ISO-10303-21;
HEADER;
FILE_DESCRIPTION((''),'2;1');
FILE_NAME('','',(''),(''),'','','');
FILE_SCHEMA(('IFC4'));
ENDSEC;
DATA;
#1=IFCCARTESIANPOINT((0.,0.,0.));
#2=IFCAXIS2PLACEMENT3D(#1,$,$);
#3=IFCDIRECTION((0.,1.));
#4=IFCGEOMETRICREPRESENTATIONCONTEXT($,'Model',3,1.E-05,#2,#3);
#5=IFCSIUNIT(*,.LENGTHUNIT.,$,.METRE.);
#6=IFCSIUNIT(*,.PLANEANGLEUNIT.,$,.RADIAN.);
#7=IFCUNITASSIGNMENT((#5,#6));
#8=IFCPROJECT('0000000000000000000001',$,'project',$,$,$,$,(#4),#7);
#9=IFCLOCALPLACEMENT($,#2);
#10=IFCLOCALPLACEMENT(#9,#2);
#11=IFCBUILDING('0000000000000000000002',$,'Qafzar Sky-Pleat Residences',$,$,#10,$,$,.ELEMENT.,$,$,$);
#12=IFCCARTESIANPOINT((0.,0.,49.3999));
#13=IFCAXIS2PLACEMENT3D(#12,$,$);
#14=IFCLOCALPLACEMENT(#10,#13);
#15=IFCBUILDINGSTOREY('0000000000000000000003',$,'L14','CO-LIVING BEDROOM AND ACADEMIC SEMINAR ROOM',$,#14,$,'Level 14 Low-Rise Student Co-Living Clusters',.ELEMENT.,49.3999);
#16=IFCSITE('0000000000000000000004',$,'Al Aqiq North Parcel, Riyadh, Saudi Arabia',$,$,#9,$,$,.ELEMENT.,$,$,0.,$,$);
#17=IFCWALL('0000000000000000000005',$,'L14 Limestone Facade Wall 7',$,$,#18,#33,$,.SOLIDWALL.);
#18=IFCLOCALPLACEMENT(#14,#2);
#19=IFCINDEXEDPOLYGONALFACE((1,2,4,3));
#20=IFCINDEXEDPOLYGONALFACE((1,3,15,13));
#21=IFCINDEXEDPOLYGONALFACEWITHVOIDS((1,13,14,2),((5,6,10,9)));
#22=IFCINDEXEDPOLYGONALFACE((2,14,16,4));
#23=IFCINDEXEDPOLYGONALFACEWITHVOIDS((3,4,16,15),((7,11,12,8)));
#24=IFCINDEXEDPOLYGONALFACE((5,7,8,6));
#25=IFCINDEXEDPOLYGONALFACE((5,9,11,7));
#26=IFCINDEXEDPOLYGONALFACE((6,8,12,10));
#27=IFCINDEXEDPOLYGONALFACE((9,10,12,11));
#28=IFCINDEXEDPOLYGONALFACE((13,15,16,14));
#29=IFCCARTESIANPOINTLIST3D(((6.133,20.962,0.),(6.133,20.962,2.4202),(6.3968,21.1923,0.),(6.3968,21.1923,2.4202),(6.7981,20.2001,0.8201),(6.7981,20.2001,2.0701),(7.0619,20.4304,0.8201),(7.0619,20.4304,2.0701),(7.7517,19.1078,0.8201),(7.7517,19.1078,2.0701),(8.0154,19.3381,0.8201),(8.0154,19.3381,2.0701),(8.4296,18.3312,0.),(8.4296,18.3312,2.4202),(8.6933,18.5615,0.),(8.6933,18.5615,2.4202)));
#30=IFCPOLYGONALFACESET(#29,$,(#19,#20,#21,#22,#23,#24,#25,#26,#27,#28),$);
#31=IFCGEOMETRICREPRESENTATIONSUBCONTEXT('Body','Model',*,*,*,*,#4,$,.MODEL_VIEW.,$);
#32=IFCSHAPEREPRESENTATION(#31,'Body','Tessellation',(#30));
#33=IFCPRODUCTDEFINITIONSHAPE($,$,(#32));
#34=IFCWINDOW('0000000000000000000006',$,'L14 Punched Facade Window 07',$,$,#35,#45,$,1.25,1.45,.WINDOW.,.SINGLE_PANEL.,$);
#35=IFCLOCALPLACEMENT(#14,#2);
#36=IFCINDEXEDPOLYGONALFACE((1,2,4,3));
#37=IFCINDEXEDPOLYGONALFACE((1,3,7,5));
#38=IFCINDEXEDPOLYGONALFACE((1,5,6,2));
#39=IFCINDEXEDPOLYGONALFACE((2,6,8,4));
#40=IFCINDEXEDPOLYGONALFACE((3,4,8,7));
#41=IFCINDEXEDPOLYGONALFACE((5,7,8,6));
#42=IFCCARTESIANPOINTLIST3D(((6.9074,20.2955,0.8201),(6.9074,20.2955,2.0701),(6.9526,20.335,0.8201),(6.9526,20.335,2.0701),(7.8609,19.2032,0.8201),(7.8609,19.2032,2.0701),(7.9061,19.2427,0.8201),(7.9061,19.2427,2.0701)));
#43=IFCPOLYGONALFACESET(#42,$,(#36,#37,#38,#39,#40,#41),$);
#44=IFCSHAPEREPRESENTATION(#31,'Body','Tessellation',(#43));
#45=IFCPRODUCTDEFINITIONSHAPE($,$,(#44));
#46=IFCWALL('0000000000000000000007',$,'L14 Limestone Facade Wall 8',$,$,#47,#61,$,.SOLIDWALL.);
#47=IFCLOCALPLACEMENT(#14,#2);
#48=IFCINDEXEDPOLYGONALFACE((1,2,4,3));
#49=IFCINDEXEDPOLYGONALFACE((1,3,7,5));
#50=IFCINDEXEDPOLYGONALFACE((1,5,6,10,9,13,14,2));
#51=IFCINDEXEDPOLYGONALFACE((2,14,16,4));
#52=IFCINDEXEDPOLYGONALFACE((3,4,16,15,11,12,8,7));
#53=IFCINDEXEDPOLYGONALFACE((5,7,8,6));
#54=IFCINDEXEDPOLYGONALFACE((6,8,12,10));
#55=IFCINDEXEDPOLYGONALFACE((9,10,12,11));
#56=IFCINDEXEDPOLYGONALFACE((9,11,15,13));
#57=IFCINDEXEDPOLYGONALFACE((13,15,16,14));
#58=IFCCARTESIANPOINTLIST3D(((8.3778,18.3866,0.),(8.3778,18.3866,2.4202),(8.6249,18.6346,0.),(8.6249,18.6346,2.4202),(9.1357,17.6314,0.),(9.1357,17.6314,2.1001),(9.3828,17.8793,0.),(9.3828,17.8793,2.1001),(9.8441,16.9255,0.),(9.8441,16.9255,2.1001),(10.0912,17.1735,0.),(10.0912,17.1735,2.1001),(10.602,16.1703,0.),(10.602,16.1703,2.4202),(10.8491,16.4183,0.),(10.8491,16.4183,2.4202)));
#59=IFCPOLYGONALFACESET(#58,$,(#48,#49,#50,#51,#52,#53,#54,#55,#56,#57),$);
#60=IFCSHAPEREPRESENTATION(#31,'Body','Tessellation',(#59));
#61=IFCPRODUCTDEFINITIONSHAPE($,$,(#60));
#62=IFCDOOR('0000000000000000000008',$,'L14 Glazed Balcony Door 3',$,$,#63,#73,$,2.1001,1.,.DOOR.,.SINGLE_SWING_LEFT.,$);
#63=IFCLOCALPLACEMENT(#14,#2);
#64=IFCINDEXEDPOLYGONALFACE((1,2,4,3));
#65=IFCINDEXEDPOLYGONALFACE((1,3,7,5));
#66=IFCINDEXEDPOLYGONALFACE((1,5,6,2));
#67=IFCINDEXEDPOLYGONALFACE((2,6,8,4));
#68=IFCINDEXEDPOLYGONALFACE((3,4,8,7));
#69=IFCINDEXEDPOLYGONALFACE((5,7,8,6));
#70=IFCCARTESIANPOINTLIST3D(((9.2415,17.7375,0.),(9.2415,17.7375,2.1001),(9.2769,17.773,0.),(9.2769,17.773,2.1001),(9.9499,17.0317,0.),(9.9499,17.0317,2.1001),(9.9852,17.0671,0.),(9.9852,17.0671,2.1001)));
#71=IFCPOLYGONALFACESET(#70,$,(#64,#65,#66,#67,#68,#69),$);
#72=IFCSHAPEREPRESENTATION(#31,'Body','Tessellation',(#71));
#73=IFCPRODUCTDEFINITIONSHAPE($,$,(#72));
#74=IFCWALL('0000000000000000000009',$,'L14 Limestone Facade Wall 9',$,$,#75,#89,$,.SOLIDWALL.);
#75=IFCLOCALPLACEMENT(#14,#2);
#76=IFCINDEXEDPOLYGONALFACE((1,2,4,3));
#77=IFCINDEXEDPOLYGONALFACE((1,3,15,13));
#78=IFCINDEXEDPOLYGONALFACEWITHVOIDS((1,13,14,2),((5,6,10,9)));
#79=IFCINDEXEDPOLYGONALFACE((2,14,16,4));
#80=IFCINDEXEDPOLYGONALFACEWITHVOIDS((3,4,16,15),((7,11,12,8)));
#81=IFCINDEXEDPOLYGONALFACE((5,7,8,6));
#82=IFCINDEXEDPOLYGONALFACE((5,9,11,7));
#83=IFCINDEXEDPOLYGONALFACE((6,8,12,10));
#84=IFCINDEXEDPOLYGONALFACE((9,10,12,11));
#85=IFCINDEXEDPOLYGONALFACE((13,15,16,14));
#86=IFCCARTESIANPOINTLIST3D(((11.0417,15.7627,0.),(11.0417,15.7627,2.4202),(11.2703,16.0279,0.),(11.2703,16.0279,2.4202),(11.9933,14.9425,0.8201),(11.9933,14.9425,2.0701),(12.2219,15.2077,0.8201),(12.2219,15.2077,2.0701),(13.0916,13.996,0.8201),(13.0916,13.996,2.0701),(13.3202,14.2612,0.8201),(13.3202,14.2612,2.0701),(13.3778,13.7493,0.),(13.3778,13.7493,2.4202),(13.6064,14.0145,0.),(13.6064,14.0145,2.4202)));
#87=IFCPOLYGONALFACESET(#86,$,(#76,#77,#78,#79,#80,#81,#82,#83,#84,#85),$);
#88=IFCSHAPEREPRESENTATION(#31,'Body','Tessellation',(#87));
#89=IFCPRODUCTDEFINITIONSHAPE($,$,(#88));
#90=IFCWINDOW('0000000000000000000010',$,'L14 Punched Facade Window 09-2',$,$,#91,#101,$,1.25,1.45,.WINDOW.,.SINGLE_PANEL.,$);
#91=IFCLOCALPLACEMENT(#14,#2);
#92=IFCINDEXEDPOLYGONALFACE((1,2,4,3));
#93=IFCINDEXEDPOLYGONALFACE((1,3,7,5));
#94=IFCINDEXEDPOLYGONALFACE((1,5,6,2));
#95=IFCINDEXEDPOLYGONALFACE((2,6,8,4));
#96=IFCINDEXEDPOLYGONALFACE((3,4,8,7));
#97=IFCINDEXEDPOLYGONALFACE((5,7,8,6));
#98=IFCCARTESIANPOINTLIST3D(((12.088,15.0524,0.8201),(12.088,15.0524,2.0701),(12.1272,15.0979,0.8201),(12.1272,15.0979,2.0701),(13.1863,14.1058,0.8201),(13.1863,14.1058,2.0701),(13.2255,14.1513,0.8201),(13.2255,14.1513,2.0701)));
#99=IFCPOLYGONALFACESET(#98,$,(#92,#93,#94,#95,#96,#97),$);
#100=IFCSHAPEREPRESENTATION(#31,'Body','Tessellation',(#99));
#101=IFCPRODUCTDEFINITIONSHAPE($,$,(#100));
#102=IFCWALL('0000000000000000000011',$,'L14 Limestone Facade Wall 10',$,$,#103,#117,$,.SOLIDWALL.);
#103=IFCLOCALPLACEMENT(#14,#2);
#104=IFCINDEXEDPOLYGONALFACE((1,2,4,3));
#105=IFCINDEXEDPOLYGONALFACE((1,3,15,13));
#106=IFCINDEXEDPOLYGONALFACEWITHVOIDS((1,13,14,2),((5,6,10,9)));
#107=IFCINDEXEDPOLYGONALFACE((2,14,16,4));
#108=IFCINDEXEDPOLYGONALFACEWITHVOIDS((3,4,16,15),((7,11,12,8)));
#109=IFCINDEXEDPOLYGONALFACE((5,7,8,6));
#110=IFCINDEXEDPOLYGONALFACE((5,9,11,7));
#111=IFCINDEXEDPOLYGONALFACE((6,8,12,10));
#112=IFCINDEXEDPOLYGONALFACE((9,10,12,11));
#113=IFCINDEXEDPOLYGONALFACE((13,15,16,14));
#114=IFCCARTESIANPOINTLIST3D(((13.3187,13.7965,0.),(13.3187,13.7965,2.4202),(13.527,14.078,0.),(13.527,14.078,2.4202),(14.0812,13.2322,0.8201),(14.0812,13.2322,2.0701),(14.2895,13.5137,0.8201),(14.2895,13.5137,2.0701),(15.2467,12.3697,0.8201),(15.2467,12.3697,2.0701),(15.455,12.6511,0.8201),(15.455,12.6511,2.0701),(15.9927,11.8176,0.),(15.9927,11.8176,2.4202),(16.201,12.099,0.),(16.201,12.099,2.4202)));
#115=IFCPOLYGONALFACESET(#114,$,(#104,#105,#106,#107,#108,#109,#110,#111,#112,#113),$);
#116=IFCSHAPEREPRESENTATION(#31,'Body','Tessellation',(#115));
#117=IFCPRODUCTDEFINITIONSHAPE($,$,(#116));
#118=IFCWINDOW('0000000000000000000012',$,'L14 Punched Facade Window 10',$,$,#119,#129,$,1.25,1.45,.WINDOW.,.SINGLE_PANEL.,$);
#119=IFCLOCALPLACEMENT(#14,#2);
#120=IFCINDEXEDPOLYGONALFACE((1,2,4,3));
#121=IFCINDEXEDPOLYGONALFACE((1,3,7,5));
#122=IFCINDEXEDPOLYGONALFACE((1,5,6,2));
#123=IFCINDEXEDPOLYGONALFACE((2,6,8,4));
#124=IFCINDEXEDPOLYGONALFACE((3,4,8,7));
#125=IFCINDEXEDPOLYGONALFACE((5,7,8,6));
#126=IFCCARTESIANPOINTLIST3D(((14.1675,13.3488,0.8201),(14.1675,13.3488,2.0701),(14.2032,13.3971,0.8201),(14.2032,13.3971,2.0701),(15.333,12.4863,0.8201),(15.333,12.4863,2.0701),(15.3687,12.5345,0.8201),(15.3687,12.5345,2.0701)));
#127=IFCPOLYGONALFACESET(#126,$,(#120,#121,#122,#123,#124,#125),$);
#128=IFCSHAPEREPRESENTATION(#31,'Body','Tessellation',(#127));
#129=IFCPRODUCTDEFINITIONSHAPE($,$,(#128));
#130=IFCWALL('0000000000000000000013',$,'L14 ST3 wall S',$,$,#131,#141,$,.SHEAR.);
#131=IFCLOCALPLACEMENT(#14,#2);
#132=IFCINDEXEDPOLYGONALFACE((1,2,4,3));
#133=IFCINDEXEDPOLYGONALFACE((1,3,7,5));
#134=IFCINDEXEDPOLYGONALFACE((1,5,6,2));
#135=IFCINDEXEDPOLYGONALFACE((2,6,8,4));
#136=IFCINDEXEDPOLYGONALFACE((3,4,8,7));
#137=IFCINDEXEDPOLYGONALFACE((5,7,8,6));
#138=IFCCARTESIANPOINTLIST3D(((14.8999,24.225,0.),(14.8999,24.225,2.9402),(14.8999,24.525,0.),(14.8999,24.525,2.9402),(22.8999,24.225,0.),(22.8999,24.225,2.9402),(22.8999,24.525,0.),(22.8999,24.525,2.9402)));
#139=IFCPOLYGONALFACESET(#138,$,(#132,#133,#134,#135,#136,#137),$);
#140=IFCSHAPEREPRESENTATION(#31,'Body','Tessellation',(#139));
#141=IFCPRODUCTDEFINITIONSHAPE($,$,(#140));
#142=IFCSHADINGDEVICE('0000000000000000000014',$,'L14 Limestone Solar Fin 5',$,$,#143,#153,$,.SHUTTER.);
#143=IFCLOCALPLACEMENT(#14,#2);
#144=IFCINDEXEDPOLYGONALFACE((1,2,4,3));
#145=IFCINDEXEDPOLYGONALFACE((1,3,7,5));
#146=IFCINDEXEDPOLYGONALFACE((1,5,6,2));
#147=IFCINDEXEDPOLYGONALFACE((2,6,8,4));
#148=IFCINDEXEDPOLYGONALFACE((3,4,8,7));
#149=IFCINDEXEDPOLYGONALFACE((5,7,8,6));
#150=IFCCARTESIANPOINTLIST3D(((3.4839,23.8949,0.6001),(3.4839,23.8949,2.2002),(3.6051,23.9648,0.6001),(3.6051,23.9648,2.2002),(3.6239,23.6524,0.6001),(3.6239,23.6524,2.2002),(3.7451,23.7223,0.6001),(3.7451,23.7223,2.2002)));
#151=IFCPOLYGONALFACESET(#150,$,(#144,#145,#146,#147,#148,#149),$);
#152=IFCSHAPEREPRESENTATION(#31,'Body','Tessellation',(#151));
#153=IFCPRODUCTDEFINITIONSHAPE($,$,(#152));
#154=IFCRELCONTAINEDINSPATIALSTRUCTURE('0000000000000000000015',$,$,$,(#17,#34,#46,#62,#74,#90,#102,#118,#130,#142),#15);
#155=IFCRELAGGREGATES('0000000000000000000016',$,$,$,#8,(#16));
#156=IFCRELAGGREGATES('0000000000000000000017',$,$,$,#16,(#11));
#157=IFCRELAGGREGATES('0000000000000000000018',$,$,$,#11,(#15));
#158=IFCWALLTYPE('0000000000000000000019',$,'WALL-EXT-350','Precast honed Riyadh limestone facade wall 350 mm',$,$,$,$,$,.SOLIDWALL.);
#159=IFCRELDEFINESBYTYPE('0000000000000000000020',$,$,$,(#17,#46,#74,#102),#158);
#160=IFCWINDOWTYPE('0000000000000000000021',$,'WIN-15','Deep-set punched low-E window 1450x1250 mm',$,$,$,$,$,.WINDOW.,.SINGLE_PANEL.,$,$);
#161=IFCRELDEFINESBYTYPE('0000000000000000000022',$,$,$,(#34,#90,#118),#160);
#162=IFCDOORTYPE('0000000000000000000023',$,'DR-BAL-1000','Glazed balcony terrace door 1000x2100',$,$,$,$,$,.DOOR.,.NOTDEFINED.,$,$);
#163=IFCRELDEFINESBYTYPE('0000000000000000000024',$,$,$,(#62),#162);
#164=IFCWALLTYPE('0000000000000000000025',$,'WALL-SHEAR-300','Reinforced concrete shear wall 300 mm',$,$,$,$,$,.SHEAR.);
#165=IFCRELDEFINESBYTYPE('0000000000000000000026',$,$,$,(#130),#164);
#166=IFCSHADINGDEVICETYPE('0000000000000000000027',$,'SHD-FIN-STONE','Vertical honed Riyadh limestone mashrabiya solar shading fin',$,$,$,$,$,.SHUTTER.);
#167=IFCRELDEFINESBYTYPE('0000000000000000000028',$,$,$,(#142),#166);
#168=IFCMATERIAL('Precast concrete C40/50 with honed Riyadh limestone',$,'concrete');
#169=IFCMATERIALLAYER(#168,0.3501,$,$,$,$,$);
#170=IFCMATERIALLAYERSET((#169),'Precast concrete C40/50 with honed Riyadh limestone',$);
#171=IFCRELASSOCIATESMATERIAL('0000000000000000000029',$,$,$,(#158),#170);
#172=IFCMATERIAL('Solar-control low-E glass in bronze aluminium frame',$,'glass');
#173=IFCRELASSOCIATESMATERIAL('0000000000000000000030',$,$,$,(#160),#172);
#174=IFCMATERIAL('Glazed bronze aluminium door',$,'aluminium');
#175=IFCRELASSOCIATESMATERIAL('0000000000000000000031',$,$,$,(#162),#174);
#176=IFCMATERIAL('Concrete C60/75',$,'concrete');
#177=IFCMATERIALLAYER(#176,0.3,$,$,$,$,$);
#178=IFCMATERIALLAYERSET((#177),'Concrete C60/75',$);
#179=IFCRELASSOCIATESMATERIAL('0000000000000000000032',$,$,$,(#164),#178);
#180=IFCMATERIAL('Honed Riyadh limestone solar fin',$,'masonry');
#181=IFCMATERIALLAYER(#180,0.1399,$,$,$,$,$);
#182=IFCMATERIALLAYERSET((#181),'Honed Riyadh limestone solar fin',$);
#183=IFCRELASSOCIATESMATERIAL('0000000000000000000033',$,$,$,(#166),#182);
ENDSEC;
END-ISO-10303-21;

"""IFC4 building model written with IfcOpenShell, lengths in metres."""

from ifc_helpers import new_model, si_unit, direction, frame, frame_2d, origin, origin_2d, place, context, subcontext, project, spatial, rectangle, extrude, source, transform, mapped, material, layer, layer_set, type_object, element, fill, save


model = new_model("IFC4")

# Units and contexts
model_context = context("Model", 3, precision=1e-05, world=origin(), true_north=direction((0.0, 1.0)))
body_context = subcontext(model_context, "Body", "Model", "MODEL_VIEW")
ifc_project = project(units=[si_unit("LENGTHUNIT", "METRE"), si_unit("PLANEANGLEUNIT", "RADIAN")], contexts=[model_context])

# Site, building, storey
site_placement = place(None, origin())
site = spatial("IfcSite", under=ifc_project, at=site_placement, Name="Al Aqiq North Parcel, Riyadh, Saudi Arabia", CompositionType="ELEMENT", RefElevation=0.0)
building_placement = place(site_placement, origin())
building = spatial("IfcBuilding", under=site, at=building_placement, Name="Qafzar Sky-Pleat Residences", CompositionType="ELEMENT")
storey_placement = place(building_placement, frame((0.0, 0.0, 49.3999)))
storey = spatial("IfcBuildingStorey", under=building, at=storey_placement, Name="L14", Description="CO-LIVING BEDROOM AND ACADEMIC SEMINAR ROOM", LongName="Level 14 Low-Rise Student Co-Living Clusters", CompositionType="ELEMENT", Elevation=49.3999)

# Shared definitions
ifc_material_1 = material(Name="Concrete C60/75", Category="concrete")

# Wall, opening, window
ifc_material_2 = material(Name="Precast concrete C40/50 with honed Riyadh limestone", Category="concrete")
ifc_layer_1 = layer(ifc_material_2, 0.3501)
ifc_layer_set_1 = layer_set([ifc_layer_1], Name="Precast concrete C40/50 with honed Riyadh limestone")
wall_type_1 = type_object("IfcWallType", Name="WALL-EXT-350", Description="Precast honed Riyadh limestone facade wall 350 mm", PredefinedType="SOLIDWALL", material=ifc_layer_set_1)
ifc_material_3 = material(Name="Solar-control low-E glass in bronze aluminium frame", Category="glass")
window_type = type_object("IfcWindowType", Name="WIN-15", Description="Deep-set punched low-E window 1450x1250 mm", PartitioningType="SINGLE_PANEL", PredefinedType="WINDOW", material=ifc_material_3)
shared_shape_1 = source(origin(), body_context, "Body", "SweptSolid", [
    extrude(rectangle(XDim=1.45, YDim=1.25, at=frame_2d((0.7251, 0.625))), frame((0.0, 0.03, 0.0), z_axis=(0.0, -1.0, 0.0), x_axis=(1.0, 0.0, 0.0)), (0.0, 0.0, 1.0), 0.0601),
])
wall_1_placement = place(storey_placement, frame((6.2649, 21.0771, 0.0), z_axis=(0.0, 0.0, 1.0), x_axis=(0.657633, -0.753338, 0.0)))
wall_1 = element("IfcWall", 1, at=wall_1_placement, inside=storey, type_object=wall_type_1, Name="L14 Limestone Facade Wall 7", PredefinedType="SOLIDWALL", context=body_context, shape_type="SweptSolid", body=[
    extrude(rectangle(XDim=3.4922, YDim=0.3501, at=frame_2d((1.7461, 0.0))), origin(), (0.0, 0.0, 1.0), 2.4202),
])
opening_1_placement = place(wall_1_placement, frame((1.0112, 0.0, 0.8201)))
opening_1 = element("IfcOpeningElement", 2, at=opening_1_placement, cuts=wall_1, PredefinedType="OPENING", context=body_context, shape_type="SweptSolid", body=[
    extrude(rectangle(XDim=1.45, YDim=1.25, at=frame_2d((0.7251, 0.625))), frame((0.0, 0.1851, 0.0), z_axis=(0.0, -1.0, 0.0), x_axis=(1.0, 0.0, 0.0)), (0.0, 0.0, 1.0), 0.3701),
])
window_1_placement = place(opening_1_placement, origin())
window_1 = element("IfcWindow", 3, at=window_1_placement, inside=storey, type_object=window_type, Name="L14 Punched Facade Window 07", OverallHeight=1.25, OverallWidth=1.45, PartitioningType="SINGLE_PANEL", PredefinedType="WINDOW", context=body_context, shape_type="MappedRepresentation", body=[
    mapped(shared_shape_1, transform((0.0, 0.0, 0.0), x_axis=(1.0, 0.0, 0.0), y_axis=(0.0, 1.0, 0.0), z_axis=(0.0, 0.0, 1.0), scale=1.0)),
])
fill(opening_1, window_1)

# Wall, opening, door
wall_2_placement = place(storey_placement, frame((8.5015, 18.5105, 0.0), z_axis=(0.0, 0.0, 1.0), x_axis=(0.70835, -0.705862, 0.0)))
wall_2 = element("IfcWall", 4, at=wall_2_placement, inside=storey, type_object=wall_type_1, Name="L14 Limestone Facade Wall 8", PredefinedType="SOLIDWALL", context=body_context, shape_type="SweptSolid", body=[
    extrude(rectangle(XDim=3.1399, YDim=0.3501, at=frame_2d((1.5698, 0.0))), origin(), (0.0, 0.0, 1.0), 2.4202),
])
opening_2_placement = place(wall_2_placement, frame((1.0698, 0.0, 0.0)))
opening_2 = element("IfcOpeningElement", 5, at=opening_2_placement, cuts=wall_2, PredefinedType="OPENING", context=body_context, shape_type="SweptSolid", body=[
    extrude(rectangle(XDim=1.0, YDim=2.1001, at=frame_2d((0.5, 1.05))), frame((0.0, 0.1851, 0.0), z_axis=(0.0, -1.0, 0.0), x_axis=(1.0, 0.0, 0.0)), (0.0, 0.0, 1.0), 0.3701),
])
ifc_material_4 = material(Name="Glazed bronze aluminium door", Category="aluminium")
door_type = type_object("IfcDoorType", Name="DR-BAL-1000", Description="Glazed balcony terrace door 1000x2100", OperationType="NOTDEFINED", PredefinedType="DOOR", material=ifc_material_4)
shared_shape_2 = source(origin(), body_context, "Body", "SweptSolid", [
    extrude(rectangle(XDim=1.0, YDim=2.1001, at=frame_2d((0.5, 1.05))), frame((0.0, 0.0249, 0.0), z_axis=(0.0, -1.0, 0.0), x_axis=(1.0, 0.0, 0.0)), (0.0, 0.0, 1.0), 0.05),
])
door_placement = place(opening_2_placement, origin())
door = element("IfcDoor", 6, at=door_placement, inside=storey, type_object=door_type, Name="L14 Glazed Balcony Door 3", OperationType="SINGLE_SWING_LEFT", OverallHeight=2.1001, OverallWidth=1.0, PredefinedType="DOOR", context=body_context, shape_type="MappedRepresentation", body=[
    mapped(shared_shape_2, transform((0.0, 0.0, 0.0), x_axis=(1.0, 0.0, 0.0), y_axis=(0.0, 1.0, 0.0), z_axis=(0.0, 0.0, 1.0), scale=1.0)),
])
fill(opening_2, door)

# Walls, openings, windows
wall_3_placement = place(storey_placement, frame((11.156, 15.8953, 0.0), z_axis=(0.0, 0.0, 1.0), x_axis=(0.757494, -0.652843, 0.0)))
wall_3 = element("IfcWall", 7, at=wall_3_placement, inside=storey, type_object=wall_type_1, Name="L14 Limestone Facade Wall 9", PredefinedType="SOLIDWALL", context=body_context, shape_type="SweptSolid", body=[
    extrude(rectangle(XDim=3.084, YDim=0.3501, at=frame_2d((1.542, 0.0))), origin(), (0.0, 0.0, 1.0), 2.4202),
])
opening_3_placement = place(wall_3_placement, frame((1.2561, 0.0, 0.8201)))
opening_3 = element("IfcOpeningElement", 8, at=opening_3_placement, cuts=wall_3, PredefinedType="OPENING", context=body_context, shape_type="SweptSolid", body=[
    extrude(rectangle(XDim=1.45, YDim=1.25, at=frame_2d((0.7251, 0.625))), frame((0.0, 0.1851, 0.0), z_axis=(0.0, -1.0, 0.0), x_axis=(1.0, 0.0, 0.0)), (0.0, 0.0, 1.0), 0.3701),
])
window_2_placement = place(opening_3_placement, origin())
window_2 = element("IfcWindow", 9, at=window_2_placement, inside=storey, type_object=window_type, Name="L14 Punched Facade Window 09-2", OverallHeight=1.25, OverallWidth=1.45, PartitioningType="SINGLE_PANEL", PredefinedType="WINDOW", context=body_context, shape_type="MappedRepresentation", body=[
    mapped(shared_shape_1, transform((0.0, 0.0, 0.0), x_axis=(1.0, 0.0, 0.0), y_axis=(0.0, 1.0, 0.0), z_axis=(0.0, 0.0, 1.0), scale=1.0)),
])
fill(opening_3, window_2)
wall_4_placement = place(storey_placement, frame((13.4229, 13.9373, 0.0), z_axis=(0.0, 0.0, 1.0), x_axis=(0.803815, -0.59488, 0.0)))
wall_4 = element("IfcWall", 10, at=wall_4_placement, inside=storey, type_object=wall_type_1, Name="L14 Limestone Facade Wall 10", PredefinedType="SOLIDWALL", context=body_context, shape_type="SweptSolid", body=[
    extrude(rectangle(XDim=3.3267, YDim=0.3501, at=frame_2d((1.6633, 0.0))), origin(), (0.0, 0.0, 1.0), 2.4202),
])
opening_4_placement = place(wall_4_placement, frame((0.9485, 0.0, 0.8201)))
opening_4 = element("IfcOpeningElement", 11, at=opening_4_placement, cuts=wall_4, PredefinedType="OPENING", context=body_context, shape_type="SweptSolid", body=[
    extrude(rectangle(XDim=1.45, YDim=1.25, at=frame_2d((0.7251, 0.625))), frame((0.0, 0.1851, 0.0), z_axis=(0.0, -1.0, 0.0), x_axis=(1.0, 0.0, 0.0)), (0.0, 0.0, 1.0), 0.3701),
])
window_3_placement = place(opening_4_placement, origin())
window_3 = element("IfcWindow", 12, at=window_3_placement, inside=storey, type_object=window_type, Name="L14 Punched Facade Window 10", OverallHeight=1.25, OverallWidth=1.45, PartitioningType="SINGLE_PANEL", PredefinedType="WINDOW", context=body_context, shape_type="MappedRepresentation", body=[
    mapped(shared_shape_1, transform((0.0, 0.0, 0.0), x_axis=(1.0, 0.0, 0.0), y_axis=(0.0, 1.0, 0.0), z_axis=(0.0, 0.0, 1.0), scale=1.0)),
])
fill(opening_4, window_3)

# Wall
ifc_layer_2 = layer(ifc_material_1, 0.3)
ifc_layer_set_2 = layer_set([ifc_layer_2], Name="Concrete C60/75")
wall_type_2 = type_object("IfcWallType", Name="WALL-SHEAR-300", Description="Reinforced concrete shear wall 300 mm", PredefinedType="SHEAR", material=ifc_layer_set_2)
wall_5_placement = place(storey_placement, frame((14.8999, 24.375, 0.0), z_axis=(0.0, 0.0, 1.0), x_axis=(1.0, 0.0, 0.0)))
element("IfcWall", 13, at=wall_5_placement, inside=storey, type_object=wall_type_2, Name="L14 ST3 wall S", PredefinedType="SHEAR", context=body_context, shape_type="SweptSolid", body=[
    extrude(rectangle(XDim=8.0, YDim=0.3, at=frame_2d((4.0, 0.0))), origin(), (0.0, 0.0, 1.0), 2.9402),
])

# Shading device
ifc_material_5 = material(Name="Honed Riyadh limestone solar fin", Category="masonry")
ifc_layer_3 = layer(ifc_material_5, 0.1399)
ifc_layer_set_3 = layer_set([ifc_layer_3], Name="Honed Riyadh limestone solar fin")
shading_device_type = type_object("IfcShadingDeviceType", Name="SHD-FIN-STONE", Description="Vertical honed Riyadh limestone mashrabiya solar shading fin", PredefinedType="SHUTTER", material=ifc_layer_set_3)
shared_shape_3 = source(origin(), body_context, "Body", "SweptSolid", [
    extrude(rectangle(XDim=0.1399, YDim=0.28, at=origin_2d()), origin(), (0.0, 0.0, 1.0), 1.6001),
])
shading_device_placement = place(storey_placement, frame((3.6145, 23.8086, 0.6001), z_axis=(0.0, 0.0, 1.0), x_axis=(-0.866044, -0.499967, 0.0)))
element("IfcShadingDevice", 14, at=shading_device_placement, inside=storey, type_object=shading_device_type, Name="L14 Limestone Solar Fin 5", PredefinedType="SHUTTER", context=body_context, shape_type="MappedRepresentation", body=[
    mapped(shared_shape_3, transform((0.0, 0.0, 0.0), x_axis=(1.0, 0.0, 0.0), y_axis=(0.0, 1.0, 0.0), z_axis=(0.0, 0.0, 1.0), scale=1.0)),
])

save(model, "model.ifc")
